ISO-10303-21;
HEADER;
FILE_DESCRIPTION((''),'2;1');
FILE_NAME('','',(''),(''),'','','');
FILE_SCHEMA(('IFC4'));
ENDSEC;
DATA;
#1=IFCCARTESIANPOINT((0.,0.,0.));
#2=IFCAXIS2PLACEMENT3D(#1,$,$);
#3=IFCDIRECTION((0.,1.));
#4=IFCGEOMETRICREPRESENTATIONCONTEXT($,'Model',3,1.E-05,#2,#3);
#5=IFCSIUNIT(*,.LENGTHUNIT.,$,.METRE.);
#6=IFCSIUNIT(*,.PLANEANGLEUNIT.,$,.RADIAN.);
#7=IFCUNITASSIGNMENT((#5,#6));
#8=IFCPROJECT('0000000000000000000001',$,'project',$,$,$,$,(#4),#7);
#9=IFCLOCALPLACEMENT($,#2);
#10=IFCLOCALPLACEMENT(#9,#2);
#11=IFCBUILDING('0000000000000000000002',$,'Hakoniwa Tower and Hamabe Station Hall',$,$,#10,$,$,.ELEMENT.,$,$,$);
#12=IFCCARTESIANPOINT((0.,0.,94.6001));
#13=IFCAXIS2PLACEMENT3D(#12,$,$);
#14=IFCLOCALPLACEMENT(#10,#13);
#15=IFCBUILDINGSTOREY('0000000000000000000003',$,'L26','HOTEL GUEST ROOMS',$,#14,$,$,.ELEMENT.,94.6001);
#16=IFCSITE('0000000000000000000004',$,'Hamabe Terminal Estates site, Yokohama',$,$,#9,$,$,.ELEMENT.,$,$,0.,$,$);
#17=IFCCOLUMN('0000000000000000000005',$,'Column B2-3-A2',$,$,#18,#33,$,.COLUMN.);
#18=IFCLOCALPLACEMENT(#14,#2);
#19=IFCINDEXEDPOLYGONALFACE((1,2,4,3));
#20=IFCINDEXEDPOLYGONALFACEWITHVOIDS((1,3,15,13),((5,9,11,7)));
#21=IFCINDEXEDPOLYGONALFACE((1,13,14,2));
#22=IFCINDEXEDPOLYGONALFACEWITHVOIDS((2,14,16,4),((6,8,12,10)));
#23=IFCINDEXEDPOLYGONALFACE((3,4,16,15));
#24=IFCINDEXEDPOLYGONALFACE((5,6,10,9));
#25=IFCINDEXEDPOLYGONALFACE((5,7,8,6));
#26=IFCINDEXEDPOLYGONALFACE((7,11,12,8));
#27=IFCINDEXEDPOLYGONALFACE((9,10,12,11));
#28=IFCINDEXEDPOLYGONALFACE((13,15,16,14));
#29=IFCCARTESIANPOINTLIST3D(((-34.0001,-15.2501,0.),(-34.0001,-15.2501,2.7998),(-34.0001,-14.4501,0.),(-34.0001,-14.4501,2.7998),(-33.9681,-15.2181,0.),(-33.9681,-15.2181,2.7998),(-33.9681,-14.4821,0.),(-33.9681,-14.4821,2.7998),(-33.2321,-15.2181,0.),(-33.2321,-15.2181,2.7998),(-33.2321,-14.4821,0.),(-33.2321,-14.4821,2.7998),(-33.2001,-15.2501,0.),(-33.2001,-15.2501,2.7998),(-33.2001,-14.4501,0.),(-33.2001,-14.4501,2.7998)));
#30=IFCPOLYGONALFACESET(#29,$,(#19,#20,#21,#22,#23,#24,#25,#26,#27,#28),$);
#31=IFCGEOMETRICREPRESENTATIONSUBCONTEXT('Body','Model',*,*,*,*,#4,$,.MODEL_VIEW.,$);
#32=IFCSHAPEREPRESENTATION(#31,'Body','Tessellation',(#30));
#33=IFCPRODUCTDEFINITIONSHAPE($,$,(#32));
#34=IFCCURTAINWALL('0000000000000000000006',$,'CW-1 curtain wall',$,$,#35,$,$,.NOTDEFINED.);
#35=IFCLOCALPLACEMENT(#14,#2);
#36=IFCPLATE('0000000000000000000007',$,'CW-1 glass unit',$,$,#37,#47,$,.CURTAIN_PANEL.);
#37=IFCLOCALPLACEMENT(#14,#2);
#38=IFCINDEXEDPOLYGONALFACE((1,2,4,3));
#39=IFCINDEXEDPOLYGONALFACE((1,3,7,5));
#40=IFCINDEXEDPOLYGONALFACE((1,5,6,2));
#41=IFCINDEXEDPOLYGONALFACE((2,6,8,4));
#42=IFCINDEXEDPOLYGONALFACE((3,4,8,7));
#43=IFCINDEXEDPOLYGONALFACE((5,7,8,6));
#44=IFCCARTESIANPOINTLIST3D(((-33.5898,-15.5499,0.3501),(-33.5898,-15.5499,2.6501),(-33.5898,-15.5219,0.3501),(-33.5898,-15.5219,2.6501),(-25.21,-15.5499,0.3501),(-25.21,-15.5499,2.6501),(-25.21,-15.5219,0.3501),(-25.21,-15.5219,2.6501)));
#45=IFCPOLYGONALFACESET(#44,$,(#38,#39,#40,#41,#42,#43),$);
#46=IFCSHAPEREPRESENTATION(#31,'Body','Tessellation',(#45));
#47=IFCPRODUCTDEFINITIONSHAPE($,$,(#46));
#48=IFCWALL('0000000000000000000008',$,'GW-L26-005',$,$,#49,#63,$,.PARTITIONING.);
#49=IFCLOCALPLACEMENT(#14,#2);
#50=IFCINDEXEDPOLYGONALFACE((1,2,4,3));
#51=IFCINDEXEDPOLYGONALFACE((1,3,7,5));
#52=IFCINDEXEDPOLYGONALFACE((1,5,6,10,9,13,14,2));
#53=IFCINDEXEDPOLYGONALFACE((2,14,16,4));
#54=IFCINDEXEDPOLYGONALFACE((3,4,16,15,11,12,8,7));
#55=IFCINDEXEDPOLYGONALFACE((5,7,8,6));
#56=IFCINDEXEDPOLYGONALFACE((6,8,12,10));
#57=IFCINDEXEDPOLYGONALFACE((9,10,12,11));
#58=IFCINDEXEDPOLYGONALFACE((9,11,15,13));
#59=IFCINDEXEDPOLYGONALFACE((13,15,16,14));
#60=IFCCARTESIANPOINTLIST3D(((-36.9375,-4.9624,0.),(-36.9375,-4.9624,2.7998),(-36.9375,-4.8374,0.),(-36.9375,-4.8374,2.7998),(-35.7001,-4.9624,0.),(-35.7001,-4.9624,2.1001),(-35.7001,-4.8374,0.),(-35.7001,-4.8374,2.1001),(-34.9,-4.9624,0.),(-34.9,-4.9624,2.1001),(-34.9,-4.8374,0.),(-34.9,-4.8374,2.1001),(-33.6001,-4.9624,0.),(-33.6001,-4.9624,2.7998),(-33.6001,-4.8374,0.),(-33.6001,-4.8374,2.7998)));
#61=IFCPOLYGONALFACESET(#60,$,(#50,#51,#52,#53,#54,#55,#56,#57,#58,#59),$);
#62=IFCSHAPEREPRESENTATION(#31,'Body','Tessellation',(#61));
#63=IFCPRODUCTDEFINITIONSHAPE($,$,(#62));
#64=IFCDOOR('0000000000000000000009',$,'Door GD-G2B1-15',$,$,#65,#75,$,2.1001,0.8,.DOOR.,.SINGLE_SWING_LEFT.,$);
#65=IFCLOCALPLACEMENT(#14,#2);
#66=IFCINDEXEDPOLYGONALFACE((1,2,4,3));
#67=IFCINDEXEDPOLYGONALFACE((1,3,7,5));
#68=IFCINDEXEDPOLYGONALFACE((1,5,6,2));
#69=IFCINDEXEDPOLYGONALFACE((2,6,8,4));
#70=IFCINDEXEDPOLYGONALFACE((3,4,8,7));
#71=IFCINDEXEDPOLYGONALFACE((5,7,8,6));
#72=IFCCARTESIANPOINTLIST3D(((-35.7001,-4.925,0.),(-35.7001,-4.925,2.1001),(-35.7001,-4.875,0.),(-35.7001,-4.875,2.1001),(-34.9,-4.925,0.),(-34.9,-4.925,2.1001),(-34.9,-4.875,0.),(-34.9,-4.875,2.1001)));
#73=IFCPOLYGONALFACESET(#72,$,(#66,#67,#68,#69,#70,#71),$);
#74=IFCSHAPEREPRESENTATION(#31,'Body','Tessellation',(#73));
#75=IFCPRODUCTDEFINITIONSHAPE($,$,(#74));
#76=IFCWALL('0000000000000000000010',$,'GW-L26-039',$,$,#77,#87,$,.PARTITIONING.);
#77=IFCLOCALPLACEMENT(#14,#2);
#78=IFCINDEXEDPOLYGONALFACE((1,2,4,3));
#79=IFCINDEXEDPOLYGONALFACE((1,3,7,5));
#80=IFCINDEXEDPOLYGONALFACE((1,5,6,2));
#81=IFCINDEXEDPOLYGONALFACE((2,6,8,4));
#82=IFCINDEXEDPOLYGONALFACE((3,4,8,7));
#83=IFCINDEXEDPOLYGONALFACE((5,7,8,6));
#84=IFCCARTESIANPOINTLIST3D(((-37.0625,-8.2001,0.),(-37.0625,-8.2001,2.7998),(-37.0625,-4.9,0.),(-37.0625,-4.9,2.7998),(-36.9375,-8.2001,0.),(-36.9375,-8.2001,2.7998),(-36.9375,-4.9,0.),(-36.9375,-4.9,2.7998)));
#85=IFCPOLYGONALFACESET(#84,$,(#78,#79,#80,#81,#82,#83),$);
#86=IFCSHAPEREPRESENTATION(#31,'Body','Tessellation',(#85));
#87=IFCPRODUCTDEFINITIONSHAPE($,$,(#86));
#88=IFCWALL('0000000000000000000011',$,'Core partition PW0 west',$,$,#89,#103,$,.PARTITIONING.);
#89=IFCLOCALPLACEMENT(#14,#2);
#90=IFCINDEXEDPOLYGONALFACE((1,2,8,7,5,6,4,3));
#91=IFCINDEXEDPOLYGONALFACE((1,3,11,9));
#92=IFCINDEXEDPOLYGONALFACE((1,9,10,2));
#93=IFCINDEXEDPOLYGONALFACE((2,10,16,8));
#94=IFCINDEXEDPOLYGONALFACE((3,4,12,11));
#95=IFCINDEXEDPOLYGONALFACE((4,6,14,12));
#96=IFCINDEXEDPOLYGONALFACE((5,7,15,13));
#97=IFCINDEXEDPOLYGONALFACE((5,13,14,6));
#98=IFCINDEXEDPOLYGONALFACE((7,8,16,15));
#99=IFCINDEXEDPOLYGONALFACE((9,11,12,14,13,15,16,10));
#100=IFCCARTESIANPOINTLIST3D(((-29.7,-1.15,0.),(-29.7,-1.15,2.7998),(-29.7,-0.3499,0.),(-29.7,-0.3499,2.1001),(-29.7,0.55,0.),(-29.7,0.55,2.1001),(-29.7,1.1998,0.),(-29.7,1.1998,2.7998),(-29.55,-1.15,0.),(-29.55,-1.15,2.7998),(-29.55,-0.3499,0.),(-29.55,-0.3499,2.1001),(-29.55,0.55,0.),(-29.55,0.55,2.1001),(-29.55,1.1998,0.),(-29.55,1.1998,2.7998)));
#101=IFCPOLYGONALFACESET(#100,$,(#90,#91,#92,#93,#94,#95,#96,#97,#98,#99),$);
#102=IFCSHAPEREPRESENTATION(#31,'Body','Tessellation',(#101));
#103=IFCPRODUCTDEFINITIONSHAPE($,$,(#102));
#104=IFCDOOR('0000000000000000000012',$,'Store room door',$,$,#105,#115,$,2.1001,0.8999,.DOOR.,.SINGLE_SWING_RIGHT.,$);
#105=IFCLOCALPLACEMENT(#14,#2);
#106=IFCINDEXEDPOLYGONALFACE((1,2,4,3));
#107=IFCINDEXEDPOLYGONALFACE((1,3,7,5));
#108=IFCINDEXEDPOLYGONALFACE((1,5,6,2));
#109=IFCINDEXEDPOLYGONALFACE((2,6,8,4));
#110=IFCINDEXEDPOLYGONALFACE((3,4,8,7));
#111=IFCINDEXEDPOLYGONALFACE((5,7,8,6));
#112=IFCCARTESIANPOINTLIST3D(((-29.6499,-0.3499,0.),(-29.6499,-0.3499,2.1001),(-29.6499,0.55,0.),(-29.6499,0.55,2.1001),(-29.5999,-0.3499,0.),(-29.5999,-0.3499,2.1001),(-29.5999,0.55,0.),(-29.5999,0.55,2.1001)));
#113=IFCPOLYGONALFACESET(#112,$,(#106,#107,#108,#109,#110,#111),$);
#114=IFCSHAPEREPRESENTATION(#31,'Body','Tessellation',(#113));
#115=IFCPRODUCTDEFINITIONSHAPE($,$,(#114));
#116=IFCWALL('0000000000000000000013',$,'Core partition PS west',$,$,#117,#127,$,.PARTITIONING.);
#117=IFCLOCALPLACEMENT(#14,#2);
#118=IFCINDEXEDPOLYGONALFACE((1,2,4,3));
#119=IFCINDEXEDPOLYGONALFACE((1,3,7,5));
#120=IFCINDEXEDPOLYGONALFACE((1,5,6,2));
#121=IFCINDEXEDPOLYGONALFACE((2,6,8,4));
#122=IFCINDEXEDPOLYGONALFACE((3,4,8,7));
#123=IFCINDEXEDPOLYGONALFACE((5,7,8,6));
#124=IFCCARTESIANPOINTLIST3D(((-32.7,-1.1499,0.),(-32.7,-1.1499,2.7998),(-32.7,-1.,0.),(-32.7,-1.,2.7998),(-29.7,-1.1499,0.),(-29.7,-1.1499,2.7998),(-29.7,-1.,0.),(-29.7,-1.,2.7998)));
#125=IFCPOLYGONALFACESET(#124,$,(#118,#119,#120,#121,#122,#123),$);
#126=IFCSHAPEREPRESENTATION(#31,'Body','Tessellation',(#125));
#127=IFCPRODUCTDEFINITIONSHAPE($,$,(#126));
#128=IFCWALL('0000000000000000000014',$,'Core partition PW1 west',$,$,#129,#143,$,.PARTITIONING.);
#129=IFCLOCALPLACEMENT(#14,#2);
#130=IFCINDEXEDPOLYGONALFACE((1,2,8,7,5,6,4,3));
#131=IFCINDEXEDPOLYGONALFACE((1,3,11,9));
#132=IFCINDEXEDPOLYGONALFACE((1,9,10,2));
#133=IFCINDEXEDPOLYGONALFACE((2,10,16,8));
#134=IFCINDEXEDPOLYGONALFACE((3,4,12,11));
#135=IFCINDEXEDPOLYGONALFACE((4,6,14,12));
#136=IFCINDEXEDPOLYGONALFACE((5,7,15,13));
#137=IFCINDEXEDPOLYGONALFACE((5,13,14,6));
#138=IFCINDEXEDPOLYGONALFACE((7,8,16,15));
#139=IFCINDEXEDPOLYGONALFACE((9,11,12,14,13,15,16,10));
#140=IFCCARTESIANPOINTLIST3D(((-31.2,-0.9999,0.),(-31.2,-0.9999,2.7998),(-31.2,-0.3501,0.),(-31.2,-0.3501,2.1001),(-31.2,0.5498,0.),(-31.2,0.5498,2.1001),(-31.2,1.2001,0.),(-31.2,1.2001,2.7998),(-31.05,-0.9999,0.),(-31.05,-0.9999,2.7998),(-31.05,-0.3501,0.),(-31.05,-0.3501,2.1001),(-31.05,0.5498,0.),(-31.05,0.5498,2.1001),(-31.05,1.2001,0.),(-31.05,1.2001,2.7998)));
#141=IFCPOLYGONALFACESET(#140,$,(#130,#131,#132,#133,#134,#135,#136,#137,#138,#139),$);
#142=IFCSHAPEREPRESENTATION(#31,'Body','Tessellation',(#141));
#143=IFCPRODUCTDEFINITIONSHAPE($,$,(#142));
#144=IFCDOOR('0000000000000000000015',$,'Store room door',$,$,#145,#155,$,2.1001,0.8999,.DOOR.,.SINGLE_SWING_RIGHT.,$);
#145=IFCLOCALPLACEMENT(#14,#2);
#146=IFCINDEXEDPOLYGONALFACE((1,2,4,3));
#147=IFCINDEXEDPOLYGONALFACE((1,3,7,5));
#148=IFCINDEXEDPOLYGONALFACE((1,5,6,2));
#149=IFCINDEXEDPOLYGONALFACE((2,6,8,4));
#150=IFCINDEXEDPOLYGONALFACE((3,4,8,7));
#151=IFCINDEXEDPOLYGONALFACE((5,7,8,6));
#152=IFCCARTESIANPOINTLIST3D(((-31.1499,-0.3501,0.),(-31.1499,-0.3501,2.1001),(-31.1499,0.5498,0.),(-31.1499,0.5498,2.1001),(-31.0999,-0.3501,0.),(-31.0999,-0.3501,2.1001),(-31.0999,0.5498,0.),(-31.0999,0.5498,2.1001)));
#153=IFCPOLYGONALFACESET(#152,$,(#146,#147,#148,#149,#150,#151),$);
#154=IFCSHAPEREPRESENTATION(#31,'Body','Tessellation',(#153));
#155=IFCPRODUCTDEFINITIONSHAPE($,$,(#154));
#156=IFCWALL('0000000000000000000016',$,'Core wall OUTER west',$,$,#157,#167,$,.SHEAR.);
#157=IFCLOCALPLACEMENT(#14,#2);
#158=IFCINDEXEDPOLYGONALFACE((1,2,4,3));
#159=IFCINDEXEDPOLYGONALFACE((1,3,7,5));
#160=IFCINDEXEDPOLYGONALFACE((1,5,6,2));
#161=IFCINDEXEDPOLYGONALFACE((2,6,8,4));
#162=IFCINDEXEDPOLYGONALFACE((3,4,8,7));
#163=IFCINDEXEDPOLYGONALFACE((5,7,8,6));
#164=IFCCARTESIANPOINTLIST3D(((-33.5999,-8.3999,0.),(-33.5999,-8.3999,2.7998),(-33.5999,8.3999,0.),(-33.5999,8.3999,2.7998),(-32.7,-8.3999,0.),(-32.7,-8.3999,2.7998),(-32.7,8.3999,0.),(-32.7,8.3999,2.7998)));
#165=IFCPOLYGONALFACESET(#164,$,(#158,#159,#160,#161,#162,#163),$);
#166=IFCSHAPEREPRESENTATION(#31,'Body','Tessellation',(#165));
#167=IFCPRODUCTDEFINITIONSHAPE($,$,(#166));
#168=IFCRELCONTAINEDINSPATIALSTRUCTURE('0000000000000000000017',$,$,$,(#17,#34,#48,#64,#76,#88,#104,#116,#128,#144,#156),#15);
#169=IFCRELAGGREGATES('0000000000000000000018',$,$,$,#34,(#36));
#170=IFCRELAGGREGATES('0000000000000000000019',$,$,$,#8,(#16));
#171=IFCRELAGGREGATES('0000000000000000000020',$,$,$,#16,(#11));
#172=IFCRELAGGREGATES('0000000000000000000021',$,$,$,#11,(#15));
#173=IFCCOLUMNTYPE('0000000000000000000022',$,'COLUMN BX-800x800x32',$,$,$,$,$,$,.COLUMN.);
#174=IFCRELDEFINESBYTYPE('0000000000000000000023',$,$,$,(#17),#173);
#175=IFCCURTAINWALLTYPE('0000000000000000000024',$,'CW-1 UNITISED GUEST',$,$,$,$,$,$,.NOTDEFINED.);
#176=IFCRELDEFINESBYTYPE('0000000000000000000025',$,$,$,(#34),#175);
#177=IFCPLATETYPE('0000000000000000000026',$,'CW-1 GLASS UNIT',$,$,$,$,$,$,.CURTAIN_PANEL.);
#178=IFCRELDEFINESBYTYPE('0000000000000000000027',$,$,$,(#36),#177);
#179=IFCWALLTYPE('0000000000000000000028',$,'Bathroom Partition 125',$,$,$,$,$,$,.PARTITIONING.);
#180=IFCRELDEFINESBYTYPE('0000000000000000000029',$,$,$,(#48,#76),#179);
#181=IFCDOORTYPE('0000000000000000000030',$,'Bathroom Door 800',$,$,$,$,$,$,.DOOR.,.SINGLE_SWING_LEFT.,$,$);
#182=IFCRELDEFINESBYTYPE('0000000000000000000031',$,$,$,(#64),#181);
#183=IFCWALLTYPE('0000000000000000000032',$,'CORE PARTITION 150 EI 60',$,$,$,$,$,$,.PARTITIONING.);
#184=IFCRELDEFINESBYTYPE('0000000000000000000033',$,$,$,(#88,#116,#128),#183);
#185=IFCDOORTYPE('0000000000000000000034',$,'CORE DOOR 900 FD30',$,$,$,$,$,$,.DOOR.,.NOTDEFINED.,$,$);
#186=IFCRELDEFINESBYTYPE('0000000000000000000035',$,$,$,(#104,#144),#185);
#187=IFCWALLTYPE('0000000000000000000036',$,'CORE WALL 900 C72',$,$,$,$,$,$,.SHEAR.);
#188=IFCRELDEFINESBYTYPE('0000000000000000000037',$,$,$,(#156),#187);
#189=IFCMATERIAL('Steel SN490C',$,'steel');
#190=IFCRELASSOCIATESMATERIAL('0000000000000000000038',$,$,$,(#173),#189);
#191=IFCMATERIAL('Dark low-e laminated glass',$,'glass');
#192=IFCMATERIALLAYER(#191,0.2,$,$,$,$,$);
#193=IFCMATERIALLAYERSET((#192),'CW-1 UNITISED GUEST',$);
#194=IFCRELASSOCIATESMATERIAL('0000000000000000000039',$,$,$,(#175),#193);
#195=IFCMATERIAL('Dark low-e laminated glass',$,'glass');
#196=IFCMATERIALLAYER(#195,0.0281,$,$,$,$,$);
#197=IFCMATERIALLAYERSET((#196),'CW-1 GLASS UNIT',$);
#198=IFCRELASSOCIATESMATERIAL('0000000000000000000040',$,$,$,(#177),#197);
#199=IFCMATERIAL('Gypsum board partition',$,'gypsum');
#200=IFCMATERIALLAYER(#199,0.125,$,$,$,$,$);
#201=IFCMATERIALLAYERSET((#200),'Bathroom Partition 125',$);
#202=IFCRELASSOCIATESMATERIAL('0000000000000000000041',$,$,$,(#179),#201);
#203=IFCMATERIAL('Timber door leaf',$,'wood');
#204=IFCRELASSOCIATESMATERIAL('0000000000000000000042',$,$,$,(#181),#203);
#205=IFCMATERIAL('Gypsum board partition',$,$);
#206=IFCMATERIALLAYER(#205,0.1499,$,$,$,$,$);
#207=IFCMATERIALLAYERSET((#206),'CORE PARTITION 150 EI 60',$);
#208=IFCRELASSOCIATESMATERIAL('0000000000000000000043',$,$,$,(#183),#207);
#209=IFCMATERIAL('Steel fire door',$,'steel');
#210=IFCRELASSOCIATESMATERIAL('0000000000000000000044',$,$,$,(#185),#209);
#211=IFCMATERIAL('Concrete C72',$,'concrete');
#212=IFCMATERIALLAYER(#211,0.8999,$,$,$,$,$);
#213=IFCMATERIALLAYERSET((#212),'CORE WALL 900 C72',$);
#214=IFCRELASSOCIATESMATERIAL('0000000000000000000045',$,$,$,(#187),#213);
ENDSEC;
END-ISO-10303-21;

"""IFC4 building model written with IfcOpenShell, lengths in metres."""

from ifc_helpers import new_model, si_unit, direction, frame, frame_2d, origin, origin_2d, place, context, subcontext, project, spatial, rectangle, hollow_rectangle, extrude, material, layer, layer_set, material_profile, profile_set, type_object, element, fill, aggregate, save


model = new_model("IFC4")

# Units and contexts
model_context = context("Model", 3, precision=1e-05, world=origin(), true_north=direction((0.0, 1.0)))
body_context = subcontext(model_context, "Body", "Model", "MODEL_VIEW")
ifc_project = project(units=[si_unit("LENGTHUNIT", "METRE"), si_unit("PLANEANGLEUNIT", "RADIAN")], contexts=[model_context])

# Site, building, storey
site_placement = place(None, origin())
site = spatial("IfcSite", under=ifc_project, at=site_placement, Name="Hamabe Terminal Estates site, Yokohama", CompositionType="ELEMENT", RefElevation=0.0)
building_placement = place(site_placement, origin())
building = spatial("IfcBuilding", under=site, at=building_placement, Name="Hakoniwa Tower and Hamabe Station Hall", CompositionType="ELEMENT")
storey_placement = place(building_placement, frame((0.0, 0.0, 94.6001)))
storey = spatial("IfcBuildingStorey", under=building, at=storey_placement, Name="L26", Description="HOTEL GUEST ROOMS", CompositionType="ELEMENT", Elevation=94.6001)

# Column
ifc_material_1 = material(Name="Steel SN490C", Category="steel")
ifc_material_profile = material_profile(ifc_material_1, hollow_rectangle(XDim=0.8, YDim=0.8, WallThickness=0.032, at=origin_2d()), Name="BX-800x800x32")
ifc_profile_set = profile_set([ifc_material_profile], Name="Steel SN490C")
column_type = type_object("IfcColumnType", Name="COLUMN BX-800x800x32", PredefinedType="COLUMN", material=ifc_profile_set)
column_placement = place(storey_placement, frame((-33.6001, -14.8501, 0.0), z_axis=(0.0, 0.0, 1.0), x_axis=(1.0, 0.0, 0.0)))
element("IfcColumn", 1, at=column_placement, inside=storey, type_object=column_type, Name="Column B2-3-A2", PredefinedType="COLUMN", context=body_context, shape_type="SweptSolid", body=[
    extrude(hollow_rectangle(XDim=0.8, YDim=0.8, WallThickness=0.032, at=origin_2d()), origin(), (0.0, 0.0, 1.0), 2.7998),
])

# Curtain wall, plate
ifc_material_2 = material(Name="Dark low-e laminated glass", Category="glass")
ifc_layer_1 = layer(ifc_material_2, 0.2)
ifc_layer_set_1 = layer_set([ifc_layer_1], Name="CW-1 UNITISED GUEST")
curtain_wall_type = type_object("IfcCurtainWallType", Name="CW-1 UNITISED GUEST", PredefinedType="NOTDEFINED", material=ifc_layer_set_1)
curtain_wall_placement = place(storey_placement, origin())
curtain_wall = element("IfcCurtainWall", 2, at=curtain_wall_placement, inside=storey, type_object=curtain_wall_type, Name="CW-1 curtain wall", PredefinedType="NOTDEFINED")
ifc_material_3 = material(Name="Dark low-e laminated glass", Category="glass")
ifc_layer_2 = layer(ifc_material_3, 0.0281)
ifc_layer_set_2 = layer_set([ifc_layer_2], Name="CW-1 GLASS UNIT")
plate_type = type_object("IfcPlateType", Name="CW-1 GLASS UNIT", PredefinedType="CURTAIN_PANEL", material=ifc_layer_set_2)
plate_placement = place(storey_placement, frame((-29.3999, -15.5359, 0.3501), z_axis=(0.0, 0.0, 1.0), x_axis=(1.0, 0.0, 0.0)))
plate = element("IfcPlate", 3, at=plate_placement, type_object=plate_type, Name="CW-1 glass unit", PredefinedType="CURTAIN_PANEL", context=body_context, shape_type="SweptSolid", body=[
    extrude(rectangle(XDim=8.3799, YDim=0.0281, at=origin_2d()), origin(), (0.0, 0.0, 1.0), 2.3),
])
aggregate(curtain_wall, [plate])

# Wall, opening, door
ifc_material_4 = material(Name="Gypsum board partition", Category="gypsum")
ifc_layer_3 = layer(ifc_material_4, 0.125)
ifc_layer_set_3 = layer_set([ifc_layer_3], Name="Bathroom Partition 125")
wall_type_1 = type_object("IfcWallType", Name="Bathroom Partition 125", PredefinedType="PARTITIONING", material=ifc_layer_set_3)
wall_1_placement = place(storey_placement, frame((-36.9375, -4.8999, 0.0), z_axis=(0.0, 0.0, 1.0), x_axis=(1.0, 0.0, 0.0)))
wall_1 = element("IfcWall", 4, at=wall_1_placement, inside=storey, type_object=wall_type_1, Name="GW-L26-005", PredefinedType="PARTITIONING", context=body_context, shape_type="SweptSolid", body=[
    extrude(rectangle(XDim=3.3374, YDim=0.125, at=frame_2d((1.6687, 0.0))), origin(), (0.0, 0.0, 1.0), 2.7998),
])
opening_1_placement = place(wall_1_placement, frame((1.2375, 0.0, 0.0)))
opening_1 = element("IfcOpeningElement", 5, at=opening_1_placement, cuts=wall_1, PredefinedType="OPENING", context=body_context, shape_type="SweptSolid", body=[
    extrude(rectangle(XDim=0.8, YDim=2.1001, at=frame_2d((0.3999, 1.05))), frame((0.0, 0.0725, 0.0), z_axis=(0.0, -1.0, 0.0), x_axis=(1.0, 0.0, 0.0)), (0.0, 0.0, 1.0), 0.145),
])
ifc_material_5 = material(Name="Timber door leaf", Category="wood")
door_type_1 = type_object("IfcDoorType", Name="Bathroom Door 800", OperationType="SINGLE_SWING_LEFT", PredefinedType="DOOR", material=ifc_material_5)
door_1_placement = place(opening_1_placement, origin())
door_1 = element("IfcDoor", 6, at=door_1_placement, inside=storey, type_object=door_type_1, Name="Door GD-G2B1-15", OperationType="SINGLE_SWING_LEFT", OverallHeight=2.1001, OverallWidth=0.8, PredefinedType="DOOR", context=body_context, shape_type="SweptSolid", body=[
    extrude(rectangle(XDim=0.8, YDim=2.1001, at=frame_2d((0.3999, 1.05))), frame((0.0, 0.0249, 0.0), z_axis=(0.0, -1.0, 0.0), x_axis=(1.0, 0.0, 0.0)), (0.0, 0.0, 1.0), 0.05),
])
fill(opening_1, door_1)

# Wall
wall_2_placement = place(storey_placement, frame((-37.0, -8.2, 0.0), z_axis=(0.0, 0.0, 1.0), x_axis=(0.0, 1.0, 0.0)))
element("IfcWall", 7, at=wall_2_placement, inside=storey, type_object=wall_type_1, Name="GW-L26-039", PredefinedType="PARTITIONING", context=body_context, shape_type="SweptSolid", body=[
    extrude(rectangle(XDim=3.3, YDim=0.125, at=frame_2d((1.6499, 0.0))), origin(), (0.0, 0.0, 1.0), 2.7998),
])

# Wall, opening, door
ifc_material_6 = material(Name="Gypsum board partition")
ifc_layer_4 = layer(ifc_material_6, 0.1499)
ifc_layer_set_4 = layer_set([ifc_layer_4], Name="CORE PARTITION 150 EI 60")
wall_type_2 = type_object("IfcWallType", Name="CORE PARTITION 150 EI 60", PredefinedType="PARTITIONING", material=ifc_layer_set_4)
wall_3_placement = place(storey_placement, frame((-29.625, -1.1499, 0.0), z_axis=(0.0, 0.0, 1.0), x_axis=(0.0, 1.0, 0.0)))
wall_3 = element("IfcWall", 8, at=wall_3_placement, inside=storey, type_object=wall_type_2, Name="Core partition PW0 west", PredefinedType="PARTITIONING", context=body_context, shape_type="SweptSolid", body=[
    extrude(rectangle(XDim=2.3499, YDim=0.1499, at=frame_2d((1.1748, 0.0))), origin(), (0.0, 0.0, 1.0), 2.7998),
])
opening_2_placement = place(wall_3_placement, frame((0.8, 0.0, 0.0)))
opening_2 = element("IfcOpeningElement", 9, at=opening_2_placement, cuts=wall_3, PredefinedType="OPENING", context=body_context, shape_type="SweptSolid", body=[
    extrude(rectangle(XDim=0.8999, YDim=2.1001, at=frame_2d((0.45, 1.05))), frame((0.0, 0.085, 0.0), z_axis=(0.0, -1.0, 0.0), x_axis=(1.0, 0.0, 0.0)), (0.0, 0.0, 1.0), 0.1699),
])
ifc_material_7 = material(Name="Steel fire door", Category="steel")
door_type_2 = type_object("IfcDoorType", Name="CORE DOOR 900 FD30", OperationType="NOTDEFINED", PredefinedType="DOOR", material=ifc_material_7)
door_2_placement = place(opening_2_placement, origin())
door_2 = element("IfcDoor", 10, at=door_2_placement, inside=storey, type_object=door_type_2, Name="Store room door", OperationType="SINGLE_SWING_RIGHT", OverallHeight=2.1001, OverallWidth=0.8999, PredefinedType="DOOR", context=body_context, shape_type="SweptSolid", body=[
    extrude(rectangle(XDim=0.8999, YDim=2.1001, at=frame_2d((0.45, 1.05))), frame((0.0, 0.0249, 0.0), z_axis=(0.0, -1.0, 0.0), x_axis=(1.0, 0.0, 0.0)), (0.0, 0.0, 1.0), 0.05),
])
fill(opening_2, door_2)

# Wall
wall_4_placement = place(storey_placement, frame((-32.7, -1.075, 0.0), z_axis=(0.0, 0.0, 1.0), x_axis=(1.0, 0.0, 0.0)))
element("IfcWall", 11, at=wall_4_placement, inside=storey, type_object=wall_type_2, Name="Core partition PS west", PredefinedType="PARTITIONING", context=body_context, shape_type="SweptSolid", body=[
    extrude(rectangle(XDim=3.0, YDim=0.1499, at=frame_2d((1.5, 0.0))), origin(), (0.0, 0.0, 1.0), 2.7998),
])

# Wall, opening, door
wall_5_placement = place(storey_placement, frame((-31.125, -1.0, 0.0), z_axis=(0.0, 0.0, 1.0), x_axis=(0.0, 1.0, 0.0)))
wall_5 = element("IfcWall", 12, at=wall_5_placement, inside=storey, type_object=wall_type_2, Name="Core partition PW1 west", PredefinedType="PARTITIONING", context=body_context, shape_type="SweptSolid", body=[
    extrude(rectangle(XDim=2.2, YDim=0.1499, at=frame_2d((1.1001, 0.0))), origin(), (0.0, 0.0, 1.0), 2.7998),
])
opening_3_placement = place(wall_5_placement, frame((0.6499, 0.0, 0.0)))
opening_3 = element("IfcOpeningElement", 13, at=opening_3_placement, cuts=wall_5, PredefinedType="OPENING", context=body_context, shape_type="SweptSolid", body=[
    extrude(rectangle(XDim=0.8999, YDim=2.1001, at=frame_2d((0.45, 1.05))), frame((0.0, 0.085, 0.0), z_axis=(0.0, -1.0, 0.0), x_axis=(1.0, 0.0, 0.0)), (0.0, 0.0, 1.0), 0.1699),
])
door_3_placement = place(opening_3_placement, origin())
door_3 = element("IfcDoor", 14, at=door_3_placement, inside=storey, type_object=door_type_2, Name="Store room door", OperationType="SINGLE_SWING_RIGHT", OverallHeight=2.1001, OverallWidth=0.8999, PredefinedType="DOOR", context=body_context, shape_type="SweptSolid", body=[
    extrude(rectangle(XDim=0.8999, YDim=2.1001, at=frame_2d((0.45, 1.05))), frame((0.0, 0.0249, 0.0), z_axis=(0.0, -1.0, 0.0), x_axis=(1.0, 0.0, 0.0)), (0.0, 0.0, 1.0), 0.05),
])
fill(opening_3, door_3)

# Wall
ifc_material_8 = material(Name="Concrete C72", Category="concrete")
ifc_layer_5 = layer(ifc_material_8, 0.8999)
ifc_layer_set_5 = layer_set([ifc_layer_5], Name="CORE WALL 900 C72")
wall_type_3 = type_object("IfcWallType", Name="CORE WALL 900 C72", PredefinedType="SHEAR", material=ifc_layer_set_5)
wall_6_placement = place(storey_placement, frame((-33.1499, -8.3999, 0.0), z_axis=(0.0, 0.0, 1.0), x_axis=(0.0, 1.0, 0.0)))
element("IfcWall", 15, at=wall_6_placement, inside=storey, type_object=wall_type_3, Name="Core wall OUTER west", PredefinedType="SHEAR", context=body_context, shape_type="SweptSolid", body=[
    extrude(rectangle(XDim=16.7998, YDim=0.8999, at=frame_2d((8.3999, 0.0))), origin(), (0.0, 0.0, 1.0), 2.7998),
])

save(model, "model.ifc")
